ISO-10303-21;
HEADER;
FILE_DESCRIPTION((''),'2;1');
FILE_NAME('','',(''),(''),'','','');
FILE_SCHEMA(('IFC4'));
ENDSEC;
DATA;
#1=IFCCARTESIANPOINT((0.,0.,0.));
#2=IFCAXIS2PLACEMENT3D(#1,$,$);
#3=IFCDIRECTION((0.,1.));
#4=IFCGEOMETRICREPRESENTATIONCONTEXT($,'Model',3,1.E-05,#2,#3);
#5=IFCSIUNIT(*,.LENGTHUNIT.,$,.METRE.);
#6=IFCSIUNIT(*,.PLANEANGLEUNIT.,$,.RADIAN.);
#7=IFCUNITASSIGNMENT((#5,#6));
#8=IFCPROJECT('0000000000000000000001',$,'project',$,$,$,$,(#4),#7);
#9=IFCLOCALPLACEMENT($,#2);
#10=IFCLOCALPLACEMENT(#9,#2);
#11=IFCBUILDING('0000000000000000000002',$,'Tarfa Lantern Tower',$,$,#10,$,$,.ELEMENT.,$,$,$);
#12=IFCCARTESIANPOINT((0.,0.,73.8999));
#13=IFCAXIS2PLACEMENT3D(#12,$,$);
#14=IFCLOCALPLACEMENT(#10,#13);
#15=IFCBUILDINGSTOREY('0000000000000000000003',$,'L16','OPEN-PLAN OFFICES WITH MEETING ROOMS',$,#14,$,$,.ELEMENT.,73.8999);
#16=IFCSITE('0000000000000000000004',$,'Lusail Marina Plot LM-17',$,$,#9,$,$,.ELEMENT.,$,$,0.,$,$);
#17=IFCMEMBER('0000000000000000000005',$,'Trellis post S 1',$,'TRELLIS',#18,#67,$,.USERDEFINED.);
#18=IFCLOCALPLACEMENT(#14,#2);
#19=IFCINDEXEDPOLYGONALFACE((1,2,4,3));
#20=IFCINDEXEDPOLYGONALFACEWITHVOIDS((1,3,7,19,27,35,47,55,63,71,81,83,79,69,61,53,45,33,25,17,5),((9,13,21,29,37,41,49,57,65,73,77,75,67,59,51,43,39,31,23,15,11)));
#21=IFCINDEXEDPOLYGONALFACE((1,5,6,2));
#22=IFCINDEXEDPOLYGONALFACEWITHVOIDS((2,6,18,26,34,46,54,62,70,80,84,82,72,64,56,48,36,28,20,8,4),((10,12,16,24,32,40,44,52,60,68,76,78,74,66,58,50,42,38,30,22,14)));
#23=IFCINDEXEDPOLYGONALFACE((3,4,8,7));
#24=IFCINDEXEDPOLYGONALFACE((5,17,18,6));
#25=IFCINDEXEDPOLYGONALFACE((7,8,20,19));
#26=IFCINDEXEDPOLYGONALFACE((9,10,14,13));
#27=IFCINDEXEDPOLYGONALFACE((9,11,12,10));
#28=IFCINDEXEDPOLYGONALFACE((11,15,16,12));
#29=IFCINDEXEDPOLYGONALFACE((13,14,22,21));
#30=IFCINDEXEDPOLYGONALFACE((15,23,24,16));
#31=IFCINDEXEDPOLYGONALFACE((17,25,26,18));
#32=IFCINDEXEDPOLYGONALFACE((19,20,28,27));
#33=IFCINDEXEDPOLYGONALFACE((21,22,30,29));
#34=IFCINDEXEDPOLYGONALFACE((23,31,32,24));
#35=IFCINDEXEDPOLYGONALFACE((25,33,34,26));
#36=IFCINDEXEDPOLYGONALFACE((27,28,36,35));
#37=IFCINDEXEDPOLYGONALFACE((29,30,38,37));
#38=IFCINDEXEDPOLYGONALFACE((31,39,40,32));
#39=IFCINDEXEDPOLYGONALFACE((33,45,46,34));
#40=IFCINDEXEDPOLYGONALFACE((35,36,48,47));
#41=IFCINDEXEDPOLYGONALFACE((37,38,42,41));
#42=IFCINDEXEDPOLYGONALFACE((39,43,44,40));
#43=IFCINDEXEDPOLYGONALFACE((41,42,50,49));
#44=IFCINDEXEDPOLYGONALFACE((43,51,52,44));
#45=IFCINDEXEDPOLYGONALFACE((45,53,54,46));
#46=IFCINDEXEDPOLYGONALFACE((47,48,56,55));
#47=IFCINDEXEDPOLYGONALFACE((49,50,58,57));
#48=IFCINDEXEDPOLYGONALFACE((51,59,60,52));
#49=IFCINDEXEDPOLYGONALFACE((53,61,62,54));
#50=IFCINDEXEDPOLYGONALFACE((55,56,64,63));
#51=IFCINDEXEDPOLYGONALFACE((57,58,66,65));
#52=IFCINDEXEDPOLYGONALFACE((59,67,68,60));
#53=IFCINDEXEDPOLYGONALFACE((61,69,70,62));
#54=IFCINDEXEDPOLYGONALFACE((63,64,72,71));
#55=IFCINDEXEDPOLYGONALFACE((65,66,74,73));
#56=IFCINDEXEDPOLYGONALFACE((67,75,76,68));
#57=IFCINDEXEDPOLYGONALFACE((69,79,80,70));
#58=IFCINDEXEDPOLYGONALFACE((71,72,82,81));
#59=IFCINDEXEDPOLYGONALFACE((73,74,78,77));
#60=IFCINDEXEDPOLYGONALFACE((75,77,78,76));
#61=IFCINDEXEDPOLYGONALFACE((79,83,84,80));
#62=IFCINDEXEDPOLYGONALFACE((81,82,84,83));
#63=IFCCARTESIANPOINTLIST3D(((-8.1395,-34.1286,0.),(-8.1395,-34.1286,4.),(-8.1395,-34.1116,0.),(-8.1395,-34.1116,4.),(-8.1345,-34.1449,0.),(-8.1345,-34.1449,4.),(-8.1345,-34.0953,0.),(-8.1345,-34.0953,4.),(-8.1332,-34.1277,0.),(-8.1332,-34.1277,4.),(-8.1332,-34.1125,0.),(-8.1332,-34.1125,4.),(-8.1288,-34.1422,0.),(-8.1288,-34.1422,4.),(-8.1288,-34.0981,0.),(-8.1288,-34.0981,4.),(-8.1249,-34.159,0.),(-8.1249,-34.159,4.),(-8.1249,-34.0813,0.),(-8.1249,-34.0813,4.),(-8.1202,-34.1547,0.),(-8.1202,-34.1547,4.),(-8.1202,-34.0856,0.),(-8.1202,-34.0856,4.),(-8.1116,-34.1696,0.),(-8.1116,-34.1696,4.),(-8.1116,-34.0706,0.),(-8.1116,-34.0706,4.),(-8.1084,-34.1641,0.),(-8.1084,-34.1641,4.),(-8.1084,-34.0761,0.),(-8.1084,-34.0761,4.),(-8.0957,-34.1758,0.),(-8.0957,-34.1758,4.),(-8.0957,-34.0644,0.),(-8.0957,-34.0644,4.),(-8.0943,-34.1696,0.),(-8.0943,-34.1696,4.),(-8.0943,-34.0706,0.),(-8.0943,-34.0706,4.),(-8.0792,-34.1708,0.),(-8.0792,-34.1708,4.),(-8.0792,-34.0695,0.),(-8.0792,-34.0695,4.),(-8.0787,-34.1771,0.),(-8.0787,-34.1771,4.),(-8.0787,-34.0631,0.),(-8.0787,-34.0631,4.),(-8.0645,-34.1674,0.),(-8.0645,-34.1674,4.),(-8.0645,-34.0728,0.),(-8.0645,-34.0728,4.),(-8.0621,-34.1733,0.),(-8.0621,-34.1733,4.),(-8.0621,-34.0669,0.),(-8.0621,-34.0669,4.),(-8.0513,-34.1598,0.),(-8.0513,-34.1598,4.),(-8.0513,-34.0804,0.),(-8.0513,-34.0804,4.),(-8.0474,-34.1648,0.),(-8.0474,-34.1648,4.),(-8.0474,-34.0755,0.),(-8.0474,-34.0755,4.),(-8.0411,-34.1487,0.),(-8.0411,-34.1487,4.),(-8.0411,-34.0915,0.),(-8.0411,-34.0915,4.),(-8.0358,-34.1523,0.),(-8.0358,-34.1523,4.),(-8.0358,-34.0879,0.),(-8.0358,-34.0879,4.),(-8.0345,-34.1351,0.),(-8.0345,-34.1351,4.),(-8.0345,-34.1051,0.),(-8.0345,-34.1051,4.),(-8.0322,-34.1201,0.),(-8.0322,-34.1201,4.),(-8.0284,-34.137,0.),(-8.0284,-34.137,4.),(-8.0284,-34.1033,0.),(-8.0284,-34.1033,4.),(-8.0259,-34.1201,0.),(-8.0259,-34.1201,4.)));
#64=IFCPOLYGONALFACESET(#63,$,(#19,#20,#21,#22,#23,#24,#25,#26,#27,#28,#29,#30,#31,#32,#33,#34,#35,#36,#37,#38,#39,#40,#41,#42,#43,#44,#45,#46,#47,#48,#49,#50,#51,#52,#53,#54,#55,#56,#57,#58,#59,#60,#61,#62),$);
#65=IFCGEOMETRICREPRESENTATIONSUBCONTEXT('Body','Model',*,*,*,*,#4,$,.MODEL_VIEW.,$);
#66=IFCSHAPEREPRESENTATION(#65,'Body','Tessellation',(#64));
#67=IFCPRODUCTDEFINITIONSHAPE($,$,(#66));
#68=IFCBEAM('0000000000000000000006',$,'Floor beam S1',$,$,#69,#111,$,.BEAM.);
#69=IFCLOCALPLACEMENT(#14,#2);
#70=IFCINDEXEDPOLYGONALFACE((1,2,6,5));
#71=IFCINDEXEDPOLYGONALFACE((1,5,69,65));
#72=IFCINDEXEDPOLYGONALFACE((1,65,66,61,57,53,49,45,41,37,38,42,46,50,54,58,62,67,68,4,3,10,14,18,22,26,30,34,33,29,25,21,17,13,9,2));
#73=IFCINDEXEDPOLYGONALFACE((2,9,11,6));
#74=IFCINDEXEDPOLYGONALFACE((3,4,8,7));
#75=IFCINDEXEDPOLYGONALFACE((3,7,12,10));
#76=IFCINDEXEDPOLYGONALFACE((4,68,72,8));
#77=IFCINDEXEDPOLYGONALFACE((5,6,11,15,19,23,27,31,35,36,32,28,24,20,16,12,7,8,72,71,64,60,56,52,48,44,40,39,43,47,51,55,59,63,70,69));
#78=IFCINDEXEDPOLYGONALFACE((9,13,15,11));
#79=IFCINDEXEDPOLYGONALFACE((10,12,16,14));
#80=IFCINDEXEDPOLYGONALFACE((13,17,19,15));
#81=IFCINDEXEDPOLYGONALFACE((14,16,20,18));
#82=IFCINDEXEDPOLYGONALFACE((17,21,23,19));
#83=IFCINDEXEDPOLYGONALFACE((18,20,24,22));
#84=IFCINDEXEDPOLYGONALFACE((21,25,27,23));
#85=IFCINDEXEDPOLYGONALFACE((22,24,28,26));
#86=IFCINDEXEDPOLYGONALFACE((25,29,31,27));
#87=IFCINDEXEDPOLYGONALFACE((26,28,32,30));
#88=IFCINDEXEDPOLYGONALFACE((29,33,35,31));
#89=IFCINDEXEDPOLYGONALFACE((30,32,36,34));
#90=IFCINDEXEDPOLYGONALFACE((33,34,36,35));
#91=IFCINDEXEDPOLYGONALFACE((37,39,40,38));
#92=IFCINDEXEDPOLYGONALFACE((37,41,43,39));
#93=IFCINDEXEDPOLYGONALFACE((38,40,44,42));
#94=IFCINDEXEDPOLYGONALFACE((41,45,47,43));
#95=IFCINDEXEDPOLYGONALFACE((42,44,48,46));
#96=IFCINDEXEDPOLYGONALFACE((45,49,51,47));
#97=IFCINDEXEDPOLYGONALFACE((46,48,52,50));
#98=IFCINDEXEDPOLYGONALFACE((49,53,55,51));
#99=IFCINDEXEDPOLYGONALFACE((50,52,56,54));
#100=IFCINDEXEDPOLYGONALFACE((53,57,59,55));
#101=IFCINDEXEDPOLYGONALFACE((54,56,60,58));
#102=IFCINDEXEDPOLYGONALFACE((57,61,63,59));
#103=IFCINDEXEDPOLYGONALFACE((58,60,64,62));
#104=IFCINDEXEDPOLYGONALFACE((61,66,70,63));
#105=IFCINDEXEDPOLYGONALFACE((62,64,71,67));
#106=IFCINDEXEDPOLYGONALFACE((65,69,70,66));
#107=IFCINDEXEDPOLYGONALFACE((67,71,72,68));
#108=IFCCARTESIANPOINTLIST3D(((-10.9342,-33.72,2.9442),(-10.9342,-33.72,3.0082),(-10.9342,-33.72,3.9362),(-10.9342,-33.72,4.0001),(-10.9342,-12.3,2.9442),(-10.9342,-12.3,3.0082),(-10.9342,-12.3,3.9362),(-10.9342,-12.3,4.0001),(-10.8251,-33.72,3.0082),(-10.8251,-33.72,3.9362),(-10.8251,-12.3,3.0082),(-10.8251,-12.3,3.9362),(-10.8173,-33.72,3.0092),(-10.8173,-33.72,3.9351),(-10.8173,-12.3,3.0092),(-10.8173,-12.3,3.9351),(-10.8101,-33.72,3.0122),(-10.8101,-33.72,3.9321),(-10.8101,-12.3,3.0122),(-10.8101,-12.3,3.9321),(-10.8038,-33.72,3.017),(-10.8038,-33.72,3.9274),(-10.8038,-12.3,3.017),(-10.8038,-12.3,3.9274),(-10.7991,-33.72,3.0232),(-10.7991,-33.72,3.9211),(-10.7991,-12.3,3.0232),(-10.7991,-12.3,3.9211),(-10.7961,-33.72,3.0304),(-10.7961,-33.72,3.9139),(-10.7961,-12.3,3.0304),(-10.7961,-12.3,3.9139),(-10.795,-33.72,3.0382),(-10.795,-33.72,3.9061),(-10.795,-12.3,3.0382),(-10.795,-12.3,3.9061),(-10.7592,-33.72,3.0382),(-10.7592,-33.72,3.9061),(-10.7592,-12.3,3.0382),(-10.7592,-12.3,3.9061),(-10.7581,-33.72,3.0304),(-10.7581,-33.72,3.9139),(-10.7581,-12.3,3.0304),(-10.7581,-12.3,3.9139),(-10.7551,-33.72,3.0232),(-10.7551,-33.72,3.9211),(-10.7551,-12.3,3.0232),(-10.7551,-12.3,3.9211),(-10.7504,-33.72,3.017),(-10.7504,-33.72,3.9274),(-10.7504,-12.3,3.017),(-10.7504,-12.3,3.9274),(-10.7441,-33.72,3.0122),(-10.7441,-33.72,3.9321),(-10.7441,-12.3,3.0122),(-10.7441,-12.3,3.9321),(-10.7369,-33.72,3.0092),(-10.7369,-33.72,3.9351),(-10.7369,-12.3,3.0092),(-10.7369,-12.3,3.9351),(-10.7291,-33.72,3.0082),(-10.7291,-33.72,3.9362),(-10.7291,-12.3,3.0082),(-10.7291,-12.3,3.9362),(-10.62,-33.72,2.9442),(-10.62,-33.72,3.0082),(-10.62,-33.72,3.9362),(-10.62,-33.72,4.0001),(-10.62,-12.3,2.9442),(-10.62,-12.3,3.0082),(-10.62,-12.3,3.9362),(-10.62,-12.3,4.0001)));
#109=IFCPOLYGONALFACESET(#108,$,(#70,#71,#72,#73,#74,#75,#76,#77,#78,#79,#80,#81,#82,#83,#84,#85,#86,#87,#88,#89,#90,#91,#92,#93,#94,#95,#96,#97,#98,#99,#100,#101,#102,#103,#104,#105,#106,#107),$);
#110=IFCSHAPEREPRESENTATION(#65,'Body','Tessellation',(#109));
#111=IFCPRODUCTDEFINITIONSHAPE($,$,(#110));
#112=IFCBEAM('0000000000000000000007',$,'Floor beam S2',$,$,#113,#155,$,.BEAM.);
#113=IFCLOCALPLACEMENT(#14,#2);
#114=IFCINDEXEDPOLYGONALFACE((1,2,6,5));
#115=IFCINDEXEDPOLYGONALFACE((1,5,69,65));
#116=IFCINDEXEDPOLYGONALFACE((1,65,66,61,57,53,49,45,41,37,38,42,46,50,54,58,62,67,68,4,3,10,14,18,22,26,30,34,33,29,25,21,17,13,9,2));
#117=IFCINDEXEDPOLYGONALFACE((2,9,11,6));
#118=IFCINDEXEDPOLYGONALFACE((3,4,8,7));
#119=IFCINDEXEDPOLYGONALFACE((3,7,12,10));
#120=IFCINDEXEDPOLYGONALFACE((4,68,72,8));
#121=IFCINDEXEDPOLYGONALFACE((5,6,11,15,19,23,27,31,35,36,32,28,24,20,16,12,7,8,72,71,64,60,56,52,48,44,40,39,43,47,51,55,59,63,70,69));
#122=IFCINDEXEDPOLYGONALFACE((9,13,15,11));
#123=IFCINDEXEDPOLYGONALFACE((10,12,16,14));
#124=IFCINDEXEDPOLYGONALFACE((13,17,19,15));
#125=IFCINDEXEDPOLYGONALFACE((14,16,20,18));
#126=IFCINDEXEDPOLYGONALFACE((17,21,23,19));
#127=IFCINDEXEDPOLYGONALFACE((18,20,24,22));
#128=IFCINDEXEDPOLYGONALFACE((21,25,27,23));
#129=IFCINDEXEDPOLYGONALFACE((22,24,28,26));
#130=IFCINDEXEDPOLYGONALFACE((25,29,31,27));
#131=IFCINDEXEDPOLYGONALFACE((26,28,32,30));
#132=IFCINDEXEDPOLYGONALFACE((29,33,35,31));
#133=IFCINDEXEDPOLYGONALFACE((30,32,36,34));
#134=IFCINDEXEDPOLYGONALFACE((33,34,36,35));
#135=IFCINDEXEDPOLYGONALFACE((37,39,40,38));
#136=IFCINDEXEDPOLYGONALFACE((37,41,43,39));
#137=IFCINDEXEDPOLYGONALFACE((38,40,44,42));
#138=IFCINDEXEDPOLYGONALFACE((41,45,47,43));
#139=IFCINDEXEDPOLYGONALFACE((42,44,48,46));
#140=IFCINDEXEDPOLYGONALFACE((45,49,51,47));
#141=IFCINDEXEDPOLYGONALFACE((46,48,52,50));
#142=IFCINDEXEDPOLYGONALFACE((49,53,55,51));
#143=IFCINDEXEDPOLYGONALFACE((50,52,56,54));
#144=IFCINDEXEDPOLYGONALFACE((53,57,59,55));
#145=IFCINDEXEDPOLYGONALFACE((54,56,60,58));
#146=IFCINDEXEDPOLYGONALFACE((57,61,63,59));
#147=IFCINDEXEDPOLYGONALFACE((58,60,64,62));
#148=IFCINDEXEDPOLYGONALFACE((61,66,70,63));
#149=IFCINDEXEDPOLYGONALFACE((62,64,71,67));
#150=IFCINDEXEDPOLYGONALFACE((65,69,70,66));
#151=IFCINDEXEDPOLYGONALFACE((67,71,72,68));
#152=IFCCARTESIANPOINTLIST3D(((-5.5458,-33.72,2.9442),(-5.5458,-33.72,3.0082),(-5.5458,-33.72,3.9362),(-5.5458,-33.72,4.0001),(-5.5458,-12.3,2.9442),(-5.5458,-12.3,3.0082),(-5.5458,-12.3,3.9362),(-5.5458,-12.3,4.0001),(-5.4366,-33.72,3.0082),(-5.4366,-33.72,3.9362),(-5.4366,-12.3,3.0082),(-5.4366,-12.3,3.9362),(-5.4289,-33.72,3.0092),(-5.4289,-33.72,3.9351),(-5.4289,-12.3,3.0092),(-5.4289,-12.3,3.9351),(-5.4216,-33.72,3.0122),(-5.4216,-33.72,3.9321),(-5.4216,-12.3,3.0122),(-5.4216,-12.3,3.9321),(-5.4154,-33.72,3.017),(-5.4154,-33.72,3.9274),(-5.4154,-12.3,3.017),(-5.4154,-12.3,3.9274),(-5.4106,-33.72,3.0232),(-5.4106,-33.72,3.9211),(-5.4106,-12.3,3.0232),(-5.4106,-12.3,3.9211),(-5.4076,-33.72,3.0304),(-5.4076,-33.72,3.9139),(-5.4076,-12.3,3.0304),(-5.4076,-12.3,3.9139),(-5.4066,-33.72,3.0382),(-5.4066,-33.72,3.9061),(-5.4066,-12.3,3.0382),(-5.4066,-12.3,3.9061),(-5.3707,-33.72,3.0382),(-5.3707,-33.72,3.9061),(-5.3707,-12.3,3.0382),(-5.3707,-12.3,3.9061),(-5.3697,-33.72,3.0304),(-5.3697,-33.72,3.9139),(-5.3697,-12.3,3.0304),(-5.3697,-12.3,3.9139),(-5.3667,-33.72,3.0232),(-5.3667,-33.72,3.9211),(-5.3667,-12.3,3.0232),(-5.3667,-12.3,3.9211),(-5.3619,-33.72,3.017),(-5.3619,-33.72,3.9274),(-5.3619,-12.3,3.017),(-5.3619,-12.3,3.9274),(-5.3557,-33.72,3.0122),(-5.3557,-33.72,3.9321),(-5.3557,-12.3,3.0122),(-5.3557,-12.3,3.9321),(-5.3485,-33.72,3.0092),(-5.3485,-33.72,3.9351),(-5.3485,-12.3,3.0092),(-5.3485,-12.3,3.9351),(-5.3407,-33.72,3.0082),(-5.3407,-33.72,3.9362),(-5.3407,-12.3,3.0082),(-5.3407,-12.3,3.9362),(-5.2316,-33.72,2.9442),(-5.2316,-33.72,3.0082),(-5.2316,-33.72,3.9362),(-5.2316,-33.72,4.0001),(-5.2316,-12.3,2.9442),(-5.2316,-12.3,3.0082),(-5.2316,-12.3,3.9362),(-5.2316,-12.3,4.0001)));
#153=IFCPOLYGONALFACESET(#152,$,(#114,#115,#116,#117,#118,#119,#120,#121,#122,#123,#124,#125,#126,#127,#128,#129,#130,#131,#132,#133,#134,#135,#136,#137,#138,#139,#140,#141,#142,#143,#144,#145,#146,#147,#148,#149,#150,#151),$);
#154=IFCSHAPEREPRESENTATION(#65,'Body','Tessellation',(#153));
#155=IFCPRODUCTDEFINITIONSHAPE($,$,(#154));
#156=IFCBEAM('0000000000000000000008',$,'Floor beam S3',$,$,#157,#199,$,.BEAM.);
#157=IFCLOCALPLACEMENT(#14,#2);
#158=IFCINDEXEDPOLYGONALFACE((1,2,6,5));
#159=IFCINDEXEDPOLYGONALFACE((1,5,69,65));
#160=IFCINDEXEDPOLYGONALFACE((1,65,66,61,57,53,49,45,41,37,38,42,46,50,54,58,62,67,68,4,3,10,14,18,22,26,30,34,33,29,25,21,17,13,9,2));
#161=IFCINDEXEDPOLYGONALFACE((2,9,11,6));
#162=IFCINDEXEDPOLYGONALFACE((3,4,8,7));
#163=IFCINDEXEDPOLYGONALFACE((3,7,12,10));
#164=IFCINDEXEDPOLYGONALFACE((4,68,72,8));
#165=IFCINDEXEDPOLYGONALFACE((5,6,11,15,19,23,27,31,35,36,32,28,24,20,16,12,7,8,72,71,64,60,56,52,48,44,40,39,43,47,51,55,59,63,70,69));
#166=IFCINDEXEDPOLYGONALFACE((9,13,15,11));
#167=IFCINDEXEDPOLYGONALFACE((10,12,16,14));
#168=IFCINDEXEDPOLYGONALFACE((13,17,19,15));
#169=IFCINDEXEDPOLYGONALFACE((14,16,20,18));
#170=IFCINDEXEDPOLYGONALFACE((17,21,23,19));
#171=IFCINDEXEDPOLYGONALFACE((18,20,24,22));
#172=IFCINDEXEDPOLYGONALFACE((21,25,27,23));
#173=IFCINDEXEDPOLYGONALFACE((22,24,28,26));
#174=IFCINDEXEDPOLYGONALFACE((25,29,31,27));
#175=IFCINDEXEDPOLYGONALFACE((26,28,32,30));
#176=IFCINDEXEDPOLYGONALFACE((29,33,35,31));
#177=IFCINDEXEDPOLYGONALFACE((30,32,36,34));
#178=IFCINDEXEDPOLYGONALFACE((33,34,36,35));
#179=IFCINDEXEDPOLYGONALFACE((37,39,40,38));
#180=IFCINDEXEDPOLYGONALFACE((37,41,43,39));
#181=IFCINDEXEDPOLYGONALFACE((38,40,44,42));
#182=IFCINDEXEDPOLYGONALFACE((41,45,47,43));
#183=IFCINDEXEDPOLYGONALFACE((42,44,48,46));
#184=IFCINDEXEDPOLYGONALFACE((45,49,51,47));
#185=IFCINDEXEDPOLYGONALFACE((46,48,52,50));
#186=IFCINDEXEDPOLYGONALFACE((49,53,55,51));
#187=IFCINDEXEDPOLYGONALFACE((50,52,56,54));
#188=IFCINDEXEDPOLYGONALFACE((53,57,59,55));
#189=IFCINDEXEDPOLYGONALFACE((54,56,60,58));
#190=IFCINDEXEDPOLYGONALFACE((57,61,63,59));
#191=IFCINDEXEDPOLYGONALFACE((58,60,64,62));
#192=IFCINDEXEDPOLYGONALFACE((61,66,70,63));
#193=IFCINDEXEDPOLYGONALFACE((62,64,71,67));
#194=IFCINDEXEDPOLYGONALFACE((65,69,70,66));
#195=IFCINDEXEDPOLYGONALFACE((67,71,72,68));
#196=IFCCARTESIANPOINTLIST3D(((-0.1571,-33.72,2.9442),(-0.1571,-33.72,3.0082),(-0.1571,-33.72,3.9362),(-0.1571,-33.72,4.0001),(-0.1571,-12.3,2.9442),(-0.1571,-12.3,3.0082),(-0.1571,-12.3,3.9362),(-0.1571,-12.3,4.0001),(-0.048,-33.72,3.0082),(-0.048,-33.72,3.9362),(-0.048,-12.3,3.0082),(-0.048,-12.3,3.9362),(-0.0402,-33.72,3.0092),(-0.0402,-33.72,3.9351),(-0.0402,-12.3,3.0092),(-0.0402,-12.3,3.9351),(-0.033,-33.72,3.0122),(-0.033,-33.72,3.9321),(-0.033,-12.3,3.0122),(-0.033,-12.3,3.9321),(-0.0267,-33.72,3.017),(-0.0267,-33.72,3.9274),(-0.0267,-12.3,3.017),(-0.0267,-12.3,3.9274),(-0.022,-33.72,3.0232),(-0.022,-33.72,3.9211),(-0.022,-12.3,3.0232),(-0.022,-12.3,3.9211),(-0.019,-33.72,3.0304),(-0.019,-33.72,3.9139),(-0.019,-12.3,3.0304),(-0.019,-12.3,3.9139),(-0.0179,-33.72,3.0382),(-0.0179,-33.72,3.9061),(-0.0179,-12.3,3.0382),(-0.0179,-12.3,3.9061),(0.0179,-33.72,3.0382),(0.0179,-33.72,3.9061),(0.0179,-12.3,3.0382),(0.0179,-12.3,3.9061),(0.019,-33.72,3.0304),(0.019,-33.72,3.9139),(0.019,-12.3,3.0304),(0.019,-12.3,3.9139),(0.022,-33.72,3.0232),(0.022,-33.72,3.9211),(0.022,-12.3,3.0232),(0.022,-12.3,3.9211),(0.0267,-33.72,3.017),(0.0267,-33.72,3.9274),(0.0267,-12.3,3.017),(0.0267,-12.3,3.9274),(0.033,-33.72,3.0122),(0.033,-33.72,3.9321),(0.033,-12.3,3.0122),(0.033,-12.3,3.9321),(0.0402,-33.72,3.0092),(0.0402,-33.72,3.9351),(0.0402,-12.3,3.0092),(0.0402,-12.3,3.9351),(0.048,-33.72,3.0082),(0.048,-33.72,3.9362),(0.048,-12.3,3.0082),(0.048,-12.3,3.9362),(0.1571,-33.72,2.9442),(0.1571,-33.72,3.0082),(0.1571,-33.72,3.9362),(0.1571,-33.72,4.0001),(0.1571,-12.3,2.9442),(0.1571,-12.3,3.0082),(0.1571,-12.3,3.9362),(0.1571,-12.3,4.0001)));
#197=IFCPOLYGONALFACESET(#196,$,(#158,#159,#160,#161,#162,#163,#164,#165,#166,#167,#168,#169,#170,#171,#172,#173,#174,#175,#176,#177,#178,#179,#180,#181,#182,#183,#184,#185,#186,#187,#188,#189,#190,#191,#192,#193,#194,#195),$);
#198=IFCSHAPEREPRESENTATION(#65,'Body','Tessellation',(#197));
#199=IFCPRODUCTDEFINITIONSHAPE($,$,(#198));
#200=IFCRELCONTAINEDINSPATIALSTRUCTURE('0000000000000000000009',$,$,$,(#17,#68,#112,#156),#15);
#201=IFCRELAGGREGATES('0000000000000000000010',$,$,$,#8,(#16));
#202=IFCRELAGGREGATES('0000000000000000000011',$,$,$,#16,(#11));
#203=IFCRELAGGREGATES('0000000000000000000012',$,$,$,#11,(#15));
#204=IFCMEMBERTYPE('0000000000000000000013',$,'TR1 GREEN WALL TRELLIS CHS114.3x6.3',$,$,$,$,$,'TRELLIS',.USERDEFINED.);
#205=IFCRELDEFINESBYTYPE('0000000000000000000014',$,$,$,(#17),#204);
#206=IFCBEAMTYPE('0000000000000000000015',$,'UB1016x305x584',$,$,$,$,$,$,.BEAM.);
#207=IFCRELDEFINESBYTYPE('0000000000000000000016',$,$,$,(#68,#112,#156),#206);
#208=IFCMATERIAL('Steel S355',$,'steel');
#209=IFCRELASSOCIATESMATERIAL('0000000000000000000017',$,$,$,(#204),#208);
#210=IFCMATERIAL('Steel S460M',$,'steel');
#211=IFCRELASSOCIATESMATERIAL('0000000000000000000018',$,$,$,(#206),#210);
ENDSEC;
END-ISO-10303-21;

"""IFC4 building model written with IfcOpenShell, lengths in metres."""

from ifc_helpers import new_model, si_unit, direction, frame, origin, origin_2d, place, context, subcontext, project, spatial, hollow_circle, i_section, extrude, material, material_profile, profile_set, type_object, element, save


model = new_model("IFC4")

# Units and contexts
model_context = context("Model", 3, precision=1e-05, world=origin(), true_north=direction((0.0, 1.0)))
body_context = subcontext(model_context, "Body", "Model", "MODEL_VIEW")
ifc_project = project(units=[si_unit("LENGTHUNIT", "METRE"), si_unit("PLANEANGLEUNIT", "RADIAN")], contexts=[model_context])

# Site, building, storey
site_placement = place(None, origin())
site = spatial("IfcSite", under=ifc_project, at=site_placement, Name="Lusail Marina Plot LM-17", CompositionType="ELEMENT", RefElevation=0.0)
building_placement = place(site_placement, origin())
building = spatial("IfcBuilding", under=site, at=building_placement, Name="Tarfa Lantern Tower", CompositionType="ELEMENT")
storey_placement = place(building_placement, frame((0.0, 0.0, 73.8999)))
storey = spatial("IfcBuildingStorey", under=building, at=storey_placement, Name="L16", Description="OPEN-PLAN OFFICES WITH MEETING ROOMS", CompositionType="ELEMENT", Elevation=73.8999)

# Member
ifc_material_1 = material(Name="Steel S355", Category="steel")
ifc_material_profile_1 = material_profile(ifc_material_1, hollow_circle(Radius=0.0571, WallThickness=0.0063, at=origin_2d()), Name="CHS114.3x6.3")
ifc_profile_set_1 = profile_set([ifc_material_profile_1], Name="Steel S355")
member_type_1 = type_object("IfcMemberType", Name="TR1 GREEN WALL TRELLIS CHS114.3x6.3", ElementType="TRELLIS", PredefinedType="USERDEFINED", material=ifc_profile_set_1)
member_1_placement = place(storey_placement, frame((-8.083, -34.1201, 0.0), z_axis=(0.0, 0.0, 1.0), x_axis=(1.0, 0.0, 0.0)))
element("IfcMember", 1, at=member_1_placement, inside=storey, type_object=member_type_1, Name="Trellis post S 1", ObjectType="TRELLIS", PredefinedType="USERDEFINED", context=body_context, shape_type="SweptSolid", body=[
    extrude(hollow_circle(Radius=0.0571, WallThickness=0.0063, at=origin_2d()), origin(), (0.0, 0.0, 1.0), 4.0),
])

# Beams
ifc_material_2 = material(Name="Steel S460M", Category="steel")
ifc_material_profile_2 = material_profile(ifc_material_2, i_section(OverallWidth=0.3142, OverallDepth=1.0559, WebThickness=0.0359, FlangeThickness=0.064, FilletRadius=0.03, at=origin_2d()), Name="UB1016x305x584")
ifc_profile_set_2 = profile_set([ifc_material_profile_2], Name="Steel S460M")
beam_type_1 = type_object("IfcBeamType", Name="UB1016x305x584", PredefinedType="BEAM", material=ifc_profile_set_2)
for number, where, z_axis, x_axis, name in (
    (2, (-10.7771, -33.72, 3.4722), (0.0, 1.0, 0.0), (-1.0, 0.0, 0.0), "Floor beam S1"),
    (3, (-5.3887, -33.72, 3.4722), (0.0, 1.0, 0.0), (-1.0, 0.0, 0.0), "Floor beam S2"),
    (4, (0.0, -33.72, 3.4722), (0.0, 1.0, 0.0), (-1.0, 0.0, 0.0), "Floor beam S3"),
):
    element("IfcBeam", number, at=place(storey_placement, frame(where, z_axis=z_axis, x_axis=x_axis)), inside=storey, type_object=beam_type_1, Name=name, PredefinedType="BEAM", context=body_context, shape_type="SweptSolid", body=[
        extrude(i_section(OverallWidth=0.3142, OverallDepth=1.0559, WebThickness=0.0359, FlangeThickness=0.064, FilletRadius=0.03, at=origin_2d()), origin(), (0.0, 0.0, 1.0), 21.4199),
    ])

save(model, "model.ifc")
